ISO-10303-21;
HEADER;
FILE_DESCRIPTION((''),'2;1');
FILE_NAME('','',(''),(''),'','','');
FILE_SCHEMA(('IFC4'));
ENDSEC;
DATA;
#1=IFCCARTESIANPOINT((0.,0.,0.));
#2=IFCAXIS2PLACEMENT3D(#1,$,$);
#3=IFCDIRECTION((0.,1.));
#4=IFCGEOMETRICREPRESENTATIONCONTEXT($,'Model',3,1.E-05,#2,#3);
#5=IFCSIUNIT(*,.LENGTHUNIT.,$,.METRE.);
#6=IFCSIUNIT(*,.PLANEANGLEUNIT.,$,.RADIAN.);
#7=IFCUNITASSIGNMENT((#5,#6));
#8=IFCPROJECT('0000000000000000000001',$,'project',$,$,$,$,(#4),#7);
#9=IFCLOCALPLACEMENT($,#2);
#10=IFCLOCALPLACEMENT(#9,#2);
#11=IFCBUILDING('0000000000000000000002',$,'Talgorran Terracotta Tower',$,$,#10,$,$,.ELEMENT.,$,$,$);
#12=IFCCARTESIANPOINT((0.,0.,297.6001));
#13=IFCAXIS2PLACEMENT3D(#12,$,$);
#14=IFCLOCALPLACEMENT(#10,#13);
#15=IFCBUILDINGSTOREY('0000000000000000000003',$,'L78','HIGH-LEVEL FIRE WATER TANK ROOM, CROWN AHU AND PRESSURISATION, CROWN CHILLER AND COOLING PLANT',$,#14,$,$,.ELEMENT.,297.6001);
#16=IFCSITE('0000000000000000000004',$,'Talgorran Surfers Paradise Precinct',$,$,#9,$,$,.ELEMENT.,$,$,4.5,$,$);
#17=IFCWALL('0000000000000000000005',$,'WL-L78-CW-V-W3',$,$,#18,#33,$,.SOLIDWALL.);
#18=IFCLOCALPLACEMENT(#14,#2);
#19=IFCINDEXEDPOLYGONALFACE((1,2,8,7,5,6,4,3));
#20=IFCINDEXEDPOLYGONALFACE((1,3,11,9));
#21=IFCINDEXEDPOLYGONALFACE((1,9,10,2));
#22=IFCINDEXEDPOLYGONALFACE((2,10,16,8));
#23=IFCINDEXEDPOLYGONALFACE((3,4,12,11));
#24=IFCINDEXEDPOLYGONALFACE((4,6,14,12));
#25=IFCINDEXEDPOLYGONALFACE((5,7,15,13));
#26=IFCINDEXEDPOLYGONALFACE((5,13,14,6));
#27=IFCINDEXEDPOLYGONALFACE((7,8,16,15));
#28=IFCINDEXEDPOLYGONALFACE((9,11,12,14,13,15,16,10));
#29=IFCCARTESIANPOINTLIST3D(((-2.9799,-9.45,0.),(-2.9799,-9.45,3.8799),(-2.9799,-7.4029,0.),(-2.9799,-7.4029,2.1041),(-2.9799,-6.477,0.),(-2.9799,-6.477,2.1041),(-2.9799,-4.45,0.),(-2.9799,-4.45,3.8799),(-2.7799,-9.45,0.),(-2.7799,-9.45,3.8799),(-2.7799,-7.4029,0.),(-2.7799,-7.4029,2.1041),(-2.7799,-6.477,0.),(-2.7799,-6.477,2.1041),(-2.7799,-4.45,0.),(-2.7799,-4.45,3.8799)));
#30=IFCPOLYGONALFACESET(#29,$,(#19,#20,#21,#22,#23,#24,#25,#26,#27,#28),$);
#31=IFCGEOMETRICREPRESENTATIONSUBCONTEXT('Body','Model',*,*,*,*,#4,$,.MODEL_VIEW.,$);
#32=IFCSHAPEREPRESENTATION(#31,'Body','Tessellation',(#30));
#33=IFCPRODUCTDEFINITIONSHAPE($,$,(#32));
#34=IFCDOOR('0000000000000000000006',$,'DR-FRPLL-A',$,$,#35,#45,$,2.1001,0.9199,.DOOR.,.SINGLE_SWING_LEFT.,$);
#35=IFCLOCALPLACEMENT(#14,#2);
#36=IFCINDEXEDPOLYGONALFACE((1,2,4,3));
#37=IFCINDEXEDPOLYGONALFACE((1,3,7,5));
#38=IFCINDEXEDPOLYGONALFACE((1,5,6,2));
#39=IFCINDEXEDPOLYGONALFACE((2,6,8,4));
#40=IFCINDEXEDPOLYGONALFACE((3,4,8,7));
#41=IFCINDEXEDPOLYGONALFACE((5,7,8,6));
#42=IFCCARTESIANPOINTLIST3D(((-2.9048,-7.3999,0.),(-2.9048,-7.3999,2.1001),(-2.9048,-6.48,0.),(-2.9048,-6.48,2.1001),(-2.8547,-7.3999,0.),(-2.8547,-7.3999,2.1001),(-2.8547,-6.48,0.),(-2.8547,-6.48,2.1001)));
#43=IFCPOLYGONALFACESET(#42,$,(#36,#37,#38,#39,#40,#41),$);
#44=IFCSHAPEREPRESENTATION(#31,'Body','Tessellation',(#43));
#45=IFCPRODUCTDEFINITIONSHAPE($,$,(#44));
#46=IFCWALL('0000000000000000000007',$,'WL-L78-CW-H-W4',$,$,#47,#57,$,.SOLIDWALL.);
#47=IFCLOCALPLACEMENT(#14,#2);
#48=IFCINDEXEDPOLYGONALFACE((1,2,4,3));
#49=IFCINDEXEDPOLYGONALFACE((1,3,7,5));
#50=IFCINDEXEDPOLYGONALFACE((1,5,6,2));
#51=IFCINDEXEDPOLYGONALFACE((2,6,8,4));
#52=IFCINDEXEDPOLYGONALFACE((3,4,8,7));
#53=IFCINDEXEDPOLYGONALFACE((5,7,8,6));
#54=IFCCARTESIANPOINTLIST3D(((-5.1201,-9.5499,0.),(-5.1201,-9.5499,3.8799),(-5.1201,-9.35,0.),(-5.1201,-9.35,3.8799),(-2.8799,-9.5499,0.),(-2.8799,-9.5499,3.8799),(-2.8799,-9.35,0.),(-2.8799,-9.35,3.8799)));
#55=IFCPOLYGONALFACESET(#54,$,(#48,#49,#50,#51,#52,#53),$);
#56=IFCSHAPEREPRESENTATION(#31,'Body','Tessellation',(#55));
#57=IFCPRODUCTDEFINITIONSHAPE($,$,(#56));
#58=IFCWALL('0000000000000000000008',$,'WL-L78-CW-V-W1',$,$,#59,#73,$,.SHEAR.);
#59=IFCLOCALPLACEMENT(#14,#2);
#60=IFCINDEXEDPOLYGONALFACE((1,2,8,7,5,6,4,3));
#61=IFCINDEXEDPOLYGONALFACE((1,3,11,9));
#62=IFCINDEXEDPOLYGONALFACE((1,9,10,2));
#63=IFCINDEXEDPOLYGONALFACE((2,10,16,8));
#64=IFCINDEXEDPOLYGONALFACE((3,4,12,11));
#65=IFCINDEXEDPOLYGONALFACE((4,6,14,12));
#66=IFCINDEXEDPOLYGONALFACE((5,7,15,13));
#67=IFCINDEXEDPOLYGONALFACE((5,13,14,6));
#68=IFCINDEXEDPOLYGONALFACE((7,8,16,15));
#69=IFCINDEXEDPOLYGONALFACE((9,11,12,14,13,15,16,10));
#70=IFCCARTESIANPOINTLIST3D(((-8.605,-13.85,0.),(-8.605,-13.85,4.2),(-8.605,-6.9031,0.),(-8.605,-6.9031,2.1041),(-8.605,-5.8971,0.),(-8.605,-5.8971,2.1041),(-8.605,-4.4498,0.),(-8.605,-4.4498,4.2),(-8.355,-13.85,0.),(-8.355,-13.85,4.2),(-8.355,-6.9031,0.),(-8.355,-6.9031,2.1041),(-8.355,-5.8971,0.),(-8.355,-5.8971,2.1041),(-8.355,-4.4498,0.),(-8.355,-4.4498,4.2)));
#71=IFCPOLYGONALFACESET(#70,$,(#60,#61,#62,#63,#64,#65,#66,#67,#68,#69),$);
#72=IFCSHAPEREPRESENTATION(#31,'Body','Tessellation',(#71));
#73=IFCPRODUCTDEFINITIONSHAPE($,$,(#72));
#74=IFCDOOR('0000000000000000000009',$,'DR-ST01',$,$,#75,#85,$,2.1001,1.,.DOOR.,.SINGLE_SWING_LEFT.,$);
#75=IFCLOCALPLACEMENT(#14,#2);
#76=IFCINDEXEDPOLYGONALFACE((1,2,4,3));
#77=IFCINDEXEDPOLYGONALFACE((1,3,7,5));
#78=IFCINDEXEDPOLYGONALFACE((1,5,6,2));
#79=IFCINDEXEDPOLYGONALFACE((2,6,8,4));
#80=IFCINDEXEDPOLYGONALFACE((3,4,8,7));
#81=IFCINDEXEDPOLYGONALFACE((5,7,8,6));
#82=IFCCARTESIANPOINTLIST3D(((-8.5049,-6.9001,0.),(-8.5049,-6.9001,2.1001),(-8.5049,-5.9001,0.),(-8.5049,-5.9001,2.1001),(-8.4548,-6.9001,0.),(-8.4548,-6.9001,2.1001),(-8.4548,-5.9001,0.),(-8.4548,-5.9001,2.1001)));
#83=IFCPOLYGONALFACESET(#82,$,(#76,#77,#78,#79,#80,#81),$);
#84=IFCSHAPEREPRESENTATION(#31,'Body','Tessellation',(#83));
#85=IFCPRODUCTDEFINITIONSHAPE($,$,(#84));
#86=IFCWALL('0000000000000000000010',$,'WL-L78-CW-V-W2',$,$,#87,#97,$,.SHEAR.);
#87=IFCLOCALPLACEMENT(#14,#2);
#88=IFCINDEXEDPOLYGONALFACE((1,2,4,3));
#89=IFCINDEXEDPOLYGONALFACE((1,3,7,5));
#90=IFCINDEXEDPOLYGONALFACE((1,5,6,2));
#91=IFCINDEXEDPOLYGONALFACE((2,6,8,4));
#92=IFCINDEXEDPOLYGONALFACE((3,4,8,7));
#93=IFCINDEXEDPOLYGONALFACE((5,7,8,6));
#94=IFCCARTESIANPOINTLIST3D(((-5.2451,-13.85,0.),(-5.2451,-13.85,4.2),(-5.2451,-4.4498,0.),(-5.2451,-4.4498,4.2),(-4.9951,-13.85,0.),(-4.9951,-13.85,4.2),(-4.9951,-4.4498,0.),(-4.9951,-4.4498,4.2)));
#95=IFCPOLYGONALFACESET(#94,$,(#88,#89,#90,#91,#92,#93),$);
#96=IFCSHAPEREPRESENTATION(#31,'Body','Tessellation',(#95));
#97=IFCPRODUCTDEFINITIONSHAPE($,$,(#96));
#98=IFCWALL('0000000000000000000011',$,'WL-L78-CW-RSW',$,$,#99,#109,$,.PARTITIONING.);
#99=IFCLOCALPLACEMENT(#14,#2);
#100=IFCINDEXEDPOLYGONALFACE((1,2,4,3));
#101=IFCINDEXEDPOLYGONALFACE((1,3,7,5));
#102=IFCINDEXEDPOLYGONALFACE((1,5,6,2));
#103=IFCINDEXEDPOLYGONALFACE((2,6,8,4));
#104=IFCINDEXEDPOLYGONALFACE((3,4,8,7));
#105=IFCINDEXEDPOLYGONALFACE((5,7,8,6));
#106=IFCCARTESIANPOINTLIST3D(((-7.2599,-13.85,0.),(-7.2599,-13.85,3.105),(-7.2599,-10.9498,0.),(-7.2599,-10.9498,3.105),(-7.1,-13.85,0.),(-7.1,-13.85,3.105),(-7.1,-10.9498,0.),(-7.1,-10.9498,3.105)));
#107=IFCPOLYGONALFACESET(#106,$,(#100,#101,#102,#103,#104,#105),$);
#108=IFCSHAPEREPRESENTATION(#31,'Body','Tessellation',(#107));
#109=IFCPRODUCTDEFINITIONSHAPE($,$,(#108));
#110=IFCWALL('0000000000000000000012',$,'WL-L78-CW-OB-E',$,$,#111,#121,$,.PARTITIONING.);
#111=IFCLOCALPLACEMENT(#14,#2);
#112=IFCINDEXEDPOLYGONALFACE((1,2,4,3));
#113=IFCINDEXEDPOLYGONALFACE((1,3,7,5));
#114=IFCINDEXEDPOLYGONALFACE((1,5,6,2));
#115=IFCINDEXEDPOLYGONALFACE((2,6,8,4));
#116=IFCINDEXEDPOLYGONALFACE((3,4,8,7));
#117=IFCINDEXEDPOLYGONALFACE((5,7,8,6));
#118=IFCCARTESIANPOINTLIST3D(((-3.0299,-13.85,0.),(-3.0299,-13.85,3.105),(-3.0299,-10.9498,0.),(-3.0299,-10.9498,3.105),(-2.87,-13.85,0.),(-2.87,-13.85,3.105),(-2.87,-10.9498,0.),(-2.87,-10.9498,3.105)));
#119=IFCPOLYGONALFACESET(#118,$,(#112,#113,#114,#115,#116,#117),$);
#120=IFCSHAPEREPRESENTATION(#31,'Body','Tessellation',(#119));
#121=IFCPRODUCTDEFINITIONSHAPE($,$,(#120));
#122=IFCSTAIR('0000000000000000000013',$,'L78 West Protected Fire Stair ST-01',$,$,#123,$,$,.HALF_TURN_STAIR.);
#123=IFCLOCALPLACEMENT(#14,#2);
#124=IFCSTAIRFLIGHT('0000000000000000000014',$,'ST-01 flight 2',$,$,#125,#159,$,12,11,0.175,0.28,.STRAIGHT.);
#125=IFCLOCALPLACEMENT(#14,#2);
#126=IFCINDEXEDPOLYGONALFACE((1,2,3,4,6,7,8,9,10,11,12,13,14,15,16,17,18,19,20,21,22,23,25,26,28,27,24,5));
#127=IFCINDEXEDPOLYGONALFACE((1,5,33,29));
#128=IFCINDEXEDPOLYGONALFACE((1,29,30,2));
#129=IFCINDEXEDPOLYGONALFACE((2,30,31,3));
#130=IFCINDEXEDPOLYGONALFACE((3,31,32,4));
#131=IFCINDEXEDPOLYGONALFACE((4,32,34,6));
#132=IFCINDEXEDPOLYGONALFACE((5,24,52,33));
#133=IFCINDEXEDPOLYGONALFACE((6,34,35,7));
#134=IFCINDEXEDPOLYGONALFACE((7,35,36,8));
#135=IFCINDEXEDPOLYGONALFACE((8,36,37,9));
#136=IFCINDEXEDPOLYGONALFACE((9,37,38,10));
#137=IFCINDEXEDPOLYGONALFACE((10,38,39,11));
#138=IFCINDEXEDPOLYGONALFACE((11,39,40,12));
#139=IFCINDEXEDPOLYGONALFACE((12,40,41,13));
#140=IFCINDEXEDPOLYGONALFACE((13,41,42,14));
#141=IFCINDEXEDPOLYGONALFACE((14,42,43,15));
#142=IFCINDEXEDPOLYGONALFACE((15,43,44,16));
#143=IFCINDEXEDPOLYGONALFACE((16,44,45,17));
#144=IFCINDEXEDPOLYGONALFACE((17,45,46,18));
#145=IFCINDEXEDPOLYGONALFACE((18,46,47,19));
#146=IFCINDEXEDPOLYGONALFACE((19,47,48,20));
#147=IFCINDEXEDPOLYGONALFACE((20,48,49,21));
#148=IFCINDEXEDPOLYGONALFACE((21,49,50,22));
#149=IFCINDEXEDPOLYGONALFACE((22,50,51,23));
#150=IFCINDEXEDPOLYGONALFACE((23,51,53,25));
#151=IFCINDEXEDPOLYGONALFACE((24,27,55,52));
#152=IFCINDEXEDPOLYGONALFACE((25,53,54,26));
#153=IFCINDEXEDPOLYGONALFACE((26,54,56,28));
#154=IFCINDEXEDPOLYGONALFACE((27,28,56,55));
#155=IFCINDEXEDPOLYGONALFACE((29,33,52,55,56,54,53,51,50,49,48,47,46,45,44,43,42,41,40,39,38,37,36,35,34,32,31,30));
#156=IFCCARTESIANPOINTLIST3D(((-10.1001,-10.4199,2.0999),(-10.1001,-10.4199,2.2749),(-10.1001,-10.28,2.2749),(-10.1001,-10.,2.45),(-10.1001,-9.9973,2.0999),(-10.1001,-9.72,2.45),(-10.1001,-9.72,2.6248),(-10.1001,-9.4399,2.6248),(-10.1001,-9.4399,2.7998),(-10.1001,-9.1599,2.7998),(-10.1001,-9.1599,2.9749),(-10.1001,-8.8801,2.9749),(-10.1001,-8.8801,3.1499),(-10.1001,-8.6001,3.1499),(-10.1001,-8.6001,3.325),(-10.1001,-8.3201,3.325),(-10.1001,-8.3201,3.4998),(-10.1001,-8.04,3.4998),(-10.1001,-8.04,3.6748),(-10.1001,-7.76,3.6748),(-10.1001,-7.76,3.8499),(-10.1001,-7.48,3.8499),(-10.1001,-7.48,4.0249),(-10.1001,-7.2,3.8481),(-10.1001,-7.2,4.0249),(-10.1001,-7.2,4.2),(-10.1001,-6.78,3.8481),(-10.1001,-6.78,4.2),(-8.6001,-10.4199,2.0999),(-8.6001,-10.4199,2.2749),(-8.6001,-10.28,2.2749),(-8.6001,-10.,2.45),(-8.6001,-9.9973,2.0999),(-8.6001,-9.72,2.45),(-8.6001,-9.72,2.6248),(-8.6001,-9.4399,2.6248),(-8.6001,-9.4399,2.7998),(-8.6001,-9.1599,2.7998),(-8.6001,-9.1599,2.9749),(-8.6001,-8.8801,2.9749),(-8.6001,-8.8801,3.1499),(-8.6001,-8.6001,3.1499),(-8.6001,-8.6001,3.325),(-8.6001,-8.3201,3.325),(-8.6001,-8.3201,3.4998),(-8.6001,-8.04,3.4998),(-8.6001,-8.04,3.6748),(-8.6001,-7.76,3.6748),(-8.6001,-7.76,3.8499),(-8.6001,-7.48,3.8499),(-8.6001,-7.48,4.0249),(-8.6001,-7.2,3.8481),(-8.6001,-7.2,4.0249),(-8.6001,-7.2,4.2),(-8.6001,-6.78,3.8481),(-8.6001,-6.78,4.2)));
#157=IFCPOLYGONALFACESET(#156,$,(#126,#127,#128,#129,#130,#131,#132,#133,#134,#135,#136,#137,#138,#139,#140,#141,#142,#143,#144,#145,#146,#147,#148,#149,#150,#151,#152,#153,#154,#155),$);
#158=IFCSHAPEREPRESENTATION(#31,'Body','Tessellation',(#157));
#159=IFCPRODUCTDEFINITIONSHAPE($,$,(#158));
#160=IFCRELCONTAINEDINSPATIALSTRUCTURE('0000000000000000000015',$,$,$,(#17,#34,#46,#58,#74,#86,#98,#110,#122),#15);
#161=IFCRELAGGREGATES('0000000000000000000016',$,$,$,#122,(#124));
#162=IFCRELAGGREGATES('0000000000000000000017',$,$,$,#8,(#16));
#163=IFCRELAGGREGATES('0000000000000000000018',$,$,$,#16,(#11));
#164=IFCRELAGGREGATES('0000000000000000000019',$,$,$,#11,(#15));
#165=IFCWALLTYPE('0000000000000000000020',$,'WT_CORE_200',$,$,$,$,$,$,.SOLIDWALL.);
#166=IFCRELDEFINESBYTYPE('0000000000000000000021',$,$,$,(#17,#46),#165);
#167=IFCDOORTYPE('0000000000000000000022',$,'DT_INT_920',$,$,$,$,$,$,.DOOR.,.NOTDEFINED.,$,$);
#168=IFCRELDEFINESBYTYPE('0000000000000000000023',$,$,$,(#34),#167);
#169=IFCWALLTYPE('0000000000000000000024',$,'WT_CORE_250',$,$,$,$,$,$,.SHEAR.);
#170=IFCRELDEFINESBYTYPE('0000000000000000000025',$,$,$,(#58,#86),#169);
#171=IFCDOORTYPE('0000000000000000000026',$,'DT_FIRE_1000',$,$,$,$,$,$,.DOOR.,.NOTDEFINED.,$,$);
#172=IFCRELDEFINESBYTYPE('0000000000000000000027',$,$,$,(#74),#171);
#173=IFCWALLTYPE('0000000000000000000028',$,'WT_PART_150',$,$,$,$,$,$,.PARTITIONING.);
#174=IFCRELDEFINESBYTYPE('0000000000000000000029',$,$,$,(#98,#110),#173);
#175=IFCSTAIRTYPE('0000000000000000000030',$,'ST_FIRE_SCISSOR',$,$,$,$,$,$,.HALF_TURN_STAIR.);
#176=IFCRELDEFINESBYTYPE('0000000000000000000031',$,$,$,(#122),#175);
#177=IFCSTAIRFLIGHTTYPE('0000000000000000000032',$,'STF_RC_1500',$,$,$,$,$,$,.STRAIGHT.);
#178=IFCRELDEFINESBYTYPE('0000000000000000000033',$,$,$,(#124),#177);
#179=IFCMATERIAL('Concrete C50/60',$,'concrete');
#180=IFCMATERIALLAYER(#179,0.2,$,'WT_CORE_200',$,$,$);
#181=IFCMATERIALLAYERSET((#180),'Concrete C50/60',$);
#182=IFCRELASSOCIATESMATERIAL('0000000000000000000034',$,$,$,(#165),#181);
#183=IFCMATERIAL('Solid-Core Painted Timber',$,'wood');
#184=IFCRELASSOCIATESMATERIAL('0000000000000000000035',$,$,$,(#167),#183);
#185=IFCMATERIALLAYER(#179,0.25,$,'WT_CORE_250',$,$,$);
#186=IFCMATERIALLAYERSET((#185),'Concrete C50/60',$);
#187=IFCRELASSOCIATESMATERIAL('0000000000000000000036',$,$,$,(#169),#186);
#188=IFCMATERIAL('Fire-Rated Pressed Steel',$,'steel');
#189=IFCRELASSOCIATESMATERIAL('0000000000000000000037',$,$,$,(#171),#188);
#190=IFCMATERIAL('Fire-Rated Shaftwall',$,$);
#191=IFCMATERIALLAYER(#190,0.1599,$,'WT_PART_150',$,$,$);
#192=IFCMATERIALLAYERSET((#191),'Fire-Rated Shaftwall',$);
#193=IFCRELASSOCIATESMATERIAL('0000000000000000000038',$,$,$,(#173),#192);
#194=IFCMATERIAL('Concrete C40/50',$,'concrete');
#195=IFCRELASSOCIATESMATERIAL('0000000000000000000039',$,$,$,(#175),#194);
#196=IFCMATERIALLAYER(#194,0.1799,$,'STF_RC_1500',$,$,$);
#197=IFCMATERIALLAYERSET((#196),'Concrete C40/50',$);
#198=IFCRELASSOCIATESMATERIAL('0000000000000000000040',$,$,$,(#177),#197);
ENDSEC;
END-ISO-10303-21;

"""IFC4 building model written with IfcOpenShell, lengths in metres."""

from ifc_helpers import new_model, si_unit, direction, frame, frame_2d, origin, place, context, subcontext, project, spatial, polyline, rectangle, outline, extrude, material, layer, layer_set, type_object, element, fill, aggregate, save


model = new_model("IFC4")

# Units and contexts
model_context = context("Model", 3, precision=1e-05, world=origin(), true_north=direction((0.0, 1.0)))
body_context = subcontext(model_context, "Body", "Model", "MODEL_VIEW")
ifc_project = project(units=[si_unit("LENGTHUNIT", "METRE"), si_unit("PLANEANGLEUNIT", "RADIAN")], contexts=[model_context])

# Site, building, storey
site_placement = place(None, origin())
site = spatial("IfcSite", under=ifc_project, at=site_placement, Name="Talgorran Surfers Paradise Precinct", CompositionType="ELEMENT", RefElevation=4.5)
building_placement = place(site_placement, origin())
building = spatial("IfcBuilding", under=site, at=building_placement, Name="Talgorran Terracotta Tower", CompositionType="ELEMENT")
storey_placement = place(building_placement, frame((0.0, 0.0, 297.6001)))
storey = spatial("IfcBuildingStorey", under=building, at=storey_placement, Name="L78", Description="HIGH-LEVEL FIRE WATER TANK ROOM, CROWN AHU AND PRESSURISATION, CROWN CHILLER AND COOLING PLANT", CompositionType="ELEMENT", Elevation=297.6001)

# Shared definitions
ifc_material_1 = material(Name="Concrete C50/60", Category="concrete")

# Shared definitions
ifc_layer_1 = layer(ifc_material_1, 0.2, Name="WT_CORE_200")
ifc_layer_set_1 = layer_set([ifc_layer_1], Name="Concrete C50/60")
wall_type_1 = type_object("IfcWallType", Name="WT_CORE_200", PredefinedType="SOLIDWALL", material=ifc_layer_set_1)
ifc_material_2 = material(Name="Fire-Rated Pressed Steel", Category="steel")

# Wall, opening, door
wall_1_placement = place(storey_placement, frame((-2.8799, -9.45, 0.0), z_axis=(0.0, 0.0, 1.0), x_axis=(0.0, 1.0, 0.0)))
wall_1 = element("IfcWall", 1, at=wall_1_placement, inside=storey, type_object=wall_type_1, Name="WL-L78-CW-V-W3", PredefinedType="SOLIDWALL", context=body_context, shape_type="SweptSolid", body=[
    extrude(rectangle(XDim=5.0, YDim=0.2, at=frame_2d((2.5, 0.0))), origin(), (0.0, 0.0, 1.0), 3.8799),
])
opening_1_placement = place(wall_1_placement, frame((2.05, 0.0, 0.0)))
opening_1 = element("IfcOpeningElement", 2, at=opening_1_placement, cuts=wall_1, PredefinedType="OPENING", context=body_context, shape_type="SweptSolid", body=[
    extrude(rectangle(XDim=0.9259, YDim=2.1041, at=frame_2d((0.46, 1.052))), frame((0.0, 0.1099, 0.0), z_axis=(0.0, -1.0, 0.0), x_axis=(1.0, 0.0, 0.0)), (0.0, 0.0, 1.0), 0.22),
])
ifc_material_3 = material(Name="Solid-Core Painted Timber", Category="wood")
door_type_1 = type_object("IfcDoorType", Name="DT_INT_920", OperationType="NOTDEFINED", PredefinedType="DOOR", material=ifc_material_3)
door_1_placement = place(opening_1_placement, origin())
door_1 = element("IfcDoor", 3, at=door_1_placement, inside=storey, type_object=door_type_1, Name="DR-FRPLL-A", OperationType="SINGLE_SWING_LEFT", OverallHeight=2.1001, OverallWidth=0.9199, PredefinedType="DOOR", context=body_context, shape_type="SweptSolid", body=[
    extrude(rectangle(XDim=0.9199, YDim=2.1001, at=frame_2d((0.46, 1.05))), frame((0.0, 0.0249, 0.0), z_axis=(0.0, -1.0, 0.0), x_axis=(1.0, 0.0, 0.0)), (0.0, 0.0, 1.0), 0.05),
])
fill(opening_1, door_1)

# Wall
wall_2_placement = place(storey_placement, frame((-5.1201, -9.45, 0.0), z_axis=(0.0, 0.0, 1.0), x_axis=(1.0, 0.0, 0.0)))
element("IfcWall", 4, at=wall_2_placement, inside=storey, type_object=wall_type_1, Name="WL-L78-CW-H-W4", PredefinedType="SOLIDWALL", context=body_context, shape_type="SweptSolid", body=[
    extrude(rectangle(XDim=2.2402, YDim=0.2, at=frame_2d((1.1201, 0.0))), origin(), (0.0, 0.0, 1.0), 3.8799),
])

# Wall, opening, door
ifc_layer_2 = layer(ifc_material_1, 0.25, Name="WT_CORE_250")
ifc_layer_set_2 = layer_set([ifc_layer_2], Name="Concrete C50/60")
wall_type_2 = type_object("IfcWallType", Name="WT_CORE_250", PredefinedType="SHEAR", material=ifc_layer_set_2)
wall_3_placement = place(storey_placement, frame((-8.48, -13.8501, 0.0), z_axis=(0.0, 0.0, 1.0), x_axis=(0.0, 1.0, 0.0)))
wall_3 = element("IfcWall", 5, at=wall_3_placement, inside=storey, type_object=wall_type_2, Name="WL-L78-CW-V-W1", PredefinedType="SHEAR", context=body_context, shape_type="SweptSolid", body=[
    extrude(rectangle(XDim=9.4001, YDim=0.25, at=frame_2d((4.7002, 0.0))), origin(), (0.0, 0.0, 1.0), 4.2),
])
opening_2_placement = place(wall_3_placement, frame((6.95, 0.0, 0.0)))
opening_2 = element("IfcOpeningElement", 6, at=opening_2_placement, cuts=wall_3, PredefinedType="OPENING", context=body_context, shape_type="SweptSolid", body=[
    extrude(rectangle(XDim=1.006, YDim=2.1041, at=frame_2d((0.5, 1.052))), frame((0.0, 0.135, 0.0), z_axis=(0.0, -1.0, 0.0), x_axis=(1.0, 0.0, 0.0)), (0.0, 0.0, 1.0), 0.27),
])
door_type_2 = type_object("IfcDoorType", Name="DT_FIRE_1000", OperationType="NOTDEFINED", PredefinedType="DOOR", material=ifc_material_2)
door_2_placement = place(opening_2_placement, origin())
door_2 = element("IfcDoor", 7, at=door_2_placement, inside=storey, type_object=door_type_2, Name="DR-ST01", OperationType="SINGLE_SWING_LEFT", OverallHeight=2.1001, OverallWidth=1.0, PredefinedType="DOOR", context=body_context, shape_type="SweptSolid", body=[
    extrude(rectangle(XDim=1.0, YDim=2.1001, at=frame_2d((0.5, 1.05))), frame((0.0, 0.0249, 0.0), z_axis=(0.0, -1.0, 0.0), x_axis=(1.0, 0.0, 0.0)), (0.0, 0.0, 1.0), 0.05),
])
fill(opening_2, door_2)

# Walls
wall_4_placement = place(storey_placement, frame((-5.1201, -13.8501, 0.0), z_axis=(0.0, 0.0, 1.0), x_axis=(0.0, 1.0, 0.0)))
element("IfcWall", 8, at=wall_4_placement, inside=storey, type_object=wall_type_2, Name="WL-L78-CW-V-W2", PredefinedType="SHEAR", context=body_context, shape_type="SweptSolid", body=[
    extrude(rectangle(XDim=9.4001, YDim=0.25, at=frame_2d((4.7002, 0.0))), origin(), (0.0, 0.0, 1.0), 4.2),
])
ifc_material_4 = material(Name="Fire-Rated Shaftwall")
ifc_layer_3 = layer(ifc_material_4, 0.1599, Name="WT_PART_150")
ifc_layer_set_3 = layer_set([ifc_layer_3], Name="Fire-Rated Shaftwall")
wall_type_3 = type_object("IfcWallType", Name="WT_PART_150", PredefinedType="PARTITIONING", material=ifc_layer_set_3)
for number, where, z_axis, x_axis, name in (
    (9, (-7.1799, -13.8501, 0.0), (0.0, 0.0, 1.0), (0.0, 1.0, 0.0), "WL-L78-CW-RSW"),
    (10, (-2.95, -13.8501, 0.0), (0.0, 0.0, 1.0), (0.0, 1.0, 0.0), "WL-L78-CW-OB-E"),
):
    element("IfcWall", number, at=place(storey_placement, frame(where, z_axis=z_axis, x_axis=x_axis)), inside=storey, type_object=wall_type_3, Name=name, PredefinedType="PARTITIONING", context=body_context, shape_type="SweptSolid", body=[
        extrude(rectangle(XDim=2.9001, YDim=0.1599, at=frame_2d((1.4502, 0.0))), origin(), (0.0, 0.0, 1.0), 3.105),
    ])

# Stair, stair flight
ifc_material_5 = material(Name="Concrete C40/50", Category="concrete")
stair_type = type_object("IfcStairType", Name="ST_FIRE_SCISSOR", PredefinedType="HALF_TURN_STAIR", material=ifc_material_5)
stair_placement = place(storey_placement, origin())
stair = element("IfcStair", 11, at=stair_placement, inside=storey, type_object=stair_type, Name="L78 West Protected Fire Stair ST-01", PredefinedType="HALF_TURN_STAIR")
ifc_layer_4 = layer(ifc_material_5, 0.1799, Name="STF_RC_1500")
ifc_layer_set_4 = layer_set([ifc_layer_4], Name="Concrete C40/50")
stair_flight_type = type_object("IfcStairFlightType", Name="STF_RC_1500", PredefinedType="STRAIGHT", material=ifc_layer_set_4)
stair_flight_placement = place(storey_placement, frame((-9.3501, -10.28, 2.0999), z_axis=(0.0, 0.0, 1.0), x_axis=(0.0, 1.0, 0.0)))
stair_flight = element("IfcStairFlight", 12, at=stair_flight_placement, type_object=stair_flight_type, Name="ST-01 flight 2", NumberOfRisers=12, NumberOfTreads=11, PredefinedType="STRAIGHT", RiserHeight=0.175, TreadLength=0.28, context=body_context, shape_type="SweptSolid", body=[
    extrude(outline(polyline([(-0.1399, 0.0), (-0.1399, 0.175), (0.0, 0.175), (0.28, 0.3501), (0.5601, 0.3501), (0.5601, 0.5249), (0.8401, 0.5249), (0.8401, 0.7), (1.1201, 0.7), (1.1201, 0.875), (1.3999, 0.875), (1.3999, 1.05), (1.6799, 1.05), (1.6799, 1.2251), (1.96, 1.2251), (1.96, 1.3999), (2.24, 1.3999), (2.24, 1.575), (2.52, 1.575), (2.52, 1.75), (2.8, 1.75), (2.8, 1.925), (3.0801, 1.925), (3.0801, 2.1001), (3.5, 2.1001), (3.5, 1.7483), (3.0801, 1.7483), (0.2827, 0.0), (-0.1399, 0.0)])), frame((0.0, 0.75, 0.0), z_axis=(0.0, -1.0, 0.0), x_axis=(1.0, 0.0, 0.0)), (0.0, 0.0, 1.0), 1.5),
])
aggregate(stair, [stair_flight])

save(model, "model.ifc")
